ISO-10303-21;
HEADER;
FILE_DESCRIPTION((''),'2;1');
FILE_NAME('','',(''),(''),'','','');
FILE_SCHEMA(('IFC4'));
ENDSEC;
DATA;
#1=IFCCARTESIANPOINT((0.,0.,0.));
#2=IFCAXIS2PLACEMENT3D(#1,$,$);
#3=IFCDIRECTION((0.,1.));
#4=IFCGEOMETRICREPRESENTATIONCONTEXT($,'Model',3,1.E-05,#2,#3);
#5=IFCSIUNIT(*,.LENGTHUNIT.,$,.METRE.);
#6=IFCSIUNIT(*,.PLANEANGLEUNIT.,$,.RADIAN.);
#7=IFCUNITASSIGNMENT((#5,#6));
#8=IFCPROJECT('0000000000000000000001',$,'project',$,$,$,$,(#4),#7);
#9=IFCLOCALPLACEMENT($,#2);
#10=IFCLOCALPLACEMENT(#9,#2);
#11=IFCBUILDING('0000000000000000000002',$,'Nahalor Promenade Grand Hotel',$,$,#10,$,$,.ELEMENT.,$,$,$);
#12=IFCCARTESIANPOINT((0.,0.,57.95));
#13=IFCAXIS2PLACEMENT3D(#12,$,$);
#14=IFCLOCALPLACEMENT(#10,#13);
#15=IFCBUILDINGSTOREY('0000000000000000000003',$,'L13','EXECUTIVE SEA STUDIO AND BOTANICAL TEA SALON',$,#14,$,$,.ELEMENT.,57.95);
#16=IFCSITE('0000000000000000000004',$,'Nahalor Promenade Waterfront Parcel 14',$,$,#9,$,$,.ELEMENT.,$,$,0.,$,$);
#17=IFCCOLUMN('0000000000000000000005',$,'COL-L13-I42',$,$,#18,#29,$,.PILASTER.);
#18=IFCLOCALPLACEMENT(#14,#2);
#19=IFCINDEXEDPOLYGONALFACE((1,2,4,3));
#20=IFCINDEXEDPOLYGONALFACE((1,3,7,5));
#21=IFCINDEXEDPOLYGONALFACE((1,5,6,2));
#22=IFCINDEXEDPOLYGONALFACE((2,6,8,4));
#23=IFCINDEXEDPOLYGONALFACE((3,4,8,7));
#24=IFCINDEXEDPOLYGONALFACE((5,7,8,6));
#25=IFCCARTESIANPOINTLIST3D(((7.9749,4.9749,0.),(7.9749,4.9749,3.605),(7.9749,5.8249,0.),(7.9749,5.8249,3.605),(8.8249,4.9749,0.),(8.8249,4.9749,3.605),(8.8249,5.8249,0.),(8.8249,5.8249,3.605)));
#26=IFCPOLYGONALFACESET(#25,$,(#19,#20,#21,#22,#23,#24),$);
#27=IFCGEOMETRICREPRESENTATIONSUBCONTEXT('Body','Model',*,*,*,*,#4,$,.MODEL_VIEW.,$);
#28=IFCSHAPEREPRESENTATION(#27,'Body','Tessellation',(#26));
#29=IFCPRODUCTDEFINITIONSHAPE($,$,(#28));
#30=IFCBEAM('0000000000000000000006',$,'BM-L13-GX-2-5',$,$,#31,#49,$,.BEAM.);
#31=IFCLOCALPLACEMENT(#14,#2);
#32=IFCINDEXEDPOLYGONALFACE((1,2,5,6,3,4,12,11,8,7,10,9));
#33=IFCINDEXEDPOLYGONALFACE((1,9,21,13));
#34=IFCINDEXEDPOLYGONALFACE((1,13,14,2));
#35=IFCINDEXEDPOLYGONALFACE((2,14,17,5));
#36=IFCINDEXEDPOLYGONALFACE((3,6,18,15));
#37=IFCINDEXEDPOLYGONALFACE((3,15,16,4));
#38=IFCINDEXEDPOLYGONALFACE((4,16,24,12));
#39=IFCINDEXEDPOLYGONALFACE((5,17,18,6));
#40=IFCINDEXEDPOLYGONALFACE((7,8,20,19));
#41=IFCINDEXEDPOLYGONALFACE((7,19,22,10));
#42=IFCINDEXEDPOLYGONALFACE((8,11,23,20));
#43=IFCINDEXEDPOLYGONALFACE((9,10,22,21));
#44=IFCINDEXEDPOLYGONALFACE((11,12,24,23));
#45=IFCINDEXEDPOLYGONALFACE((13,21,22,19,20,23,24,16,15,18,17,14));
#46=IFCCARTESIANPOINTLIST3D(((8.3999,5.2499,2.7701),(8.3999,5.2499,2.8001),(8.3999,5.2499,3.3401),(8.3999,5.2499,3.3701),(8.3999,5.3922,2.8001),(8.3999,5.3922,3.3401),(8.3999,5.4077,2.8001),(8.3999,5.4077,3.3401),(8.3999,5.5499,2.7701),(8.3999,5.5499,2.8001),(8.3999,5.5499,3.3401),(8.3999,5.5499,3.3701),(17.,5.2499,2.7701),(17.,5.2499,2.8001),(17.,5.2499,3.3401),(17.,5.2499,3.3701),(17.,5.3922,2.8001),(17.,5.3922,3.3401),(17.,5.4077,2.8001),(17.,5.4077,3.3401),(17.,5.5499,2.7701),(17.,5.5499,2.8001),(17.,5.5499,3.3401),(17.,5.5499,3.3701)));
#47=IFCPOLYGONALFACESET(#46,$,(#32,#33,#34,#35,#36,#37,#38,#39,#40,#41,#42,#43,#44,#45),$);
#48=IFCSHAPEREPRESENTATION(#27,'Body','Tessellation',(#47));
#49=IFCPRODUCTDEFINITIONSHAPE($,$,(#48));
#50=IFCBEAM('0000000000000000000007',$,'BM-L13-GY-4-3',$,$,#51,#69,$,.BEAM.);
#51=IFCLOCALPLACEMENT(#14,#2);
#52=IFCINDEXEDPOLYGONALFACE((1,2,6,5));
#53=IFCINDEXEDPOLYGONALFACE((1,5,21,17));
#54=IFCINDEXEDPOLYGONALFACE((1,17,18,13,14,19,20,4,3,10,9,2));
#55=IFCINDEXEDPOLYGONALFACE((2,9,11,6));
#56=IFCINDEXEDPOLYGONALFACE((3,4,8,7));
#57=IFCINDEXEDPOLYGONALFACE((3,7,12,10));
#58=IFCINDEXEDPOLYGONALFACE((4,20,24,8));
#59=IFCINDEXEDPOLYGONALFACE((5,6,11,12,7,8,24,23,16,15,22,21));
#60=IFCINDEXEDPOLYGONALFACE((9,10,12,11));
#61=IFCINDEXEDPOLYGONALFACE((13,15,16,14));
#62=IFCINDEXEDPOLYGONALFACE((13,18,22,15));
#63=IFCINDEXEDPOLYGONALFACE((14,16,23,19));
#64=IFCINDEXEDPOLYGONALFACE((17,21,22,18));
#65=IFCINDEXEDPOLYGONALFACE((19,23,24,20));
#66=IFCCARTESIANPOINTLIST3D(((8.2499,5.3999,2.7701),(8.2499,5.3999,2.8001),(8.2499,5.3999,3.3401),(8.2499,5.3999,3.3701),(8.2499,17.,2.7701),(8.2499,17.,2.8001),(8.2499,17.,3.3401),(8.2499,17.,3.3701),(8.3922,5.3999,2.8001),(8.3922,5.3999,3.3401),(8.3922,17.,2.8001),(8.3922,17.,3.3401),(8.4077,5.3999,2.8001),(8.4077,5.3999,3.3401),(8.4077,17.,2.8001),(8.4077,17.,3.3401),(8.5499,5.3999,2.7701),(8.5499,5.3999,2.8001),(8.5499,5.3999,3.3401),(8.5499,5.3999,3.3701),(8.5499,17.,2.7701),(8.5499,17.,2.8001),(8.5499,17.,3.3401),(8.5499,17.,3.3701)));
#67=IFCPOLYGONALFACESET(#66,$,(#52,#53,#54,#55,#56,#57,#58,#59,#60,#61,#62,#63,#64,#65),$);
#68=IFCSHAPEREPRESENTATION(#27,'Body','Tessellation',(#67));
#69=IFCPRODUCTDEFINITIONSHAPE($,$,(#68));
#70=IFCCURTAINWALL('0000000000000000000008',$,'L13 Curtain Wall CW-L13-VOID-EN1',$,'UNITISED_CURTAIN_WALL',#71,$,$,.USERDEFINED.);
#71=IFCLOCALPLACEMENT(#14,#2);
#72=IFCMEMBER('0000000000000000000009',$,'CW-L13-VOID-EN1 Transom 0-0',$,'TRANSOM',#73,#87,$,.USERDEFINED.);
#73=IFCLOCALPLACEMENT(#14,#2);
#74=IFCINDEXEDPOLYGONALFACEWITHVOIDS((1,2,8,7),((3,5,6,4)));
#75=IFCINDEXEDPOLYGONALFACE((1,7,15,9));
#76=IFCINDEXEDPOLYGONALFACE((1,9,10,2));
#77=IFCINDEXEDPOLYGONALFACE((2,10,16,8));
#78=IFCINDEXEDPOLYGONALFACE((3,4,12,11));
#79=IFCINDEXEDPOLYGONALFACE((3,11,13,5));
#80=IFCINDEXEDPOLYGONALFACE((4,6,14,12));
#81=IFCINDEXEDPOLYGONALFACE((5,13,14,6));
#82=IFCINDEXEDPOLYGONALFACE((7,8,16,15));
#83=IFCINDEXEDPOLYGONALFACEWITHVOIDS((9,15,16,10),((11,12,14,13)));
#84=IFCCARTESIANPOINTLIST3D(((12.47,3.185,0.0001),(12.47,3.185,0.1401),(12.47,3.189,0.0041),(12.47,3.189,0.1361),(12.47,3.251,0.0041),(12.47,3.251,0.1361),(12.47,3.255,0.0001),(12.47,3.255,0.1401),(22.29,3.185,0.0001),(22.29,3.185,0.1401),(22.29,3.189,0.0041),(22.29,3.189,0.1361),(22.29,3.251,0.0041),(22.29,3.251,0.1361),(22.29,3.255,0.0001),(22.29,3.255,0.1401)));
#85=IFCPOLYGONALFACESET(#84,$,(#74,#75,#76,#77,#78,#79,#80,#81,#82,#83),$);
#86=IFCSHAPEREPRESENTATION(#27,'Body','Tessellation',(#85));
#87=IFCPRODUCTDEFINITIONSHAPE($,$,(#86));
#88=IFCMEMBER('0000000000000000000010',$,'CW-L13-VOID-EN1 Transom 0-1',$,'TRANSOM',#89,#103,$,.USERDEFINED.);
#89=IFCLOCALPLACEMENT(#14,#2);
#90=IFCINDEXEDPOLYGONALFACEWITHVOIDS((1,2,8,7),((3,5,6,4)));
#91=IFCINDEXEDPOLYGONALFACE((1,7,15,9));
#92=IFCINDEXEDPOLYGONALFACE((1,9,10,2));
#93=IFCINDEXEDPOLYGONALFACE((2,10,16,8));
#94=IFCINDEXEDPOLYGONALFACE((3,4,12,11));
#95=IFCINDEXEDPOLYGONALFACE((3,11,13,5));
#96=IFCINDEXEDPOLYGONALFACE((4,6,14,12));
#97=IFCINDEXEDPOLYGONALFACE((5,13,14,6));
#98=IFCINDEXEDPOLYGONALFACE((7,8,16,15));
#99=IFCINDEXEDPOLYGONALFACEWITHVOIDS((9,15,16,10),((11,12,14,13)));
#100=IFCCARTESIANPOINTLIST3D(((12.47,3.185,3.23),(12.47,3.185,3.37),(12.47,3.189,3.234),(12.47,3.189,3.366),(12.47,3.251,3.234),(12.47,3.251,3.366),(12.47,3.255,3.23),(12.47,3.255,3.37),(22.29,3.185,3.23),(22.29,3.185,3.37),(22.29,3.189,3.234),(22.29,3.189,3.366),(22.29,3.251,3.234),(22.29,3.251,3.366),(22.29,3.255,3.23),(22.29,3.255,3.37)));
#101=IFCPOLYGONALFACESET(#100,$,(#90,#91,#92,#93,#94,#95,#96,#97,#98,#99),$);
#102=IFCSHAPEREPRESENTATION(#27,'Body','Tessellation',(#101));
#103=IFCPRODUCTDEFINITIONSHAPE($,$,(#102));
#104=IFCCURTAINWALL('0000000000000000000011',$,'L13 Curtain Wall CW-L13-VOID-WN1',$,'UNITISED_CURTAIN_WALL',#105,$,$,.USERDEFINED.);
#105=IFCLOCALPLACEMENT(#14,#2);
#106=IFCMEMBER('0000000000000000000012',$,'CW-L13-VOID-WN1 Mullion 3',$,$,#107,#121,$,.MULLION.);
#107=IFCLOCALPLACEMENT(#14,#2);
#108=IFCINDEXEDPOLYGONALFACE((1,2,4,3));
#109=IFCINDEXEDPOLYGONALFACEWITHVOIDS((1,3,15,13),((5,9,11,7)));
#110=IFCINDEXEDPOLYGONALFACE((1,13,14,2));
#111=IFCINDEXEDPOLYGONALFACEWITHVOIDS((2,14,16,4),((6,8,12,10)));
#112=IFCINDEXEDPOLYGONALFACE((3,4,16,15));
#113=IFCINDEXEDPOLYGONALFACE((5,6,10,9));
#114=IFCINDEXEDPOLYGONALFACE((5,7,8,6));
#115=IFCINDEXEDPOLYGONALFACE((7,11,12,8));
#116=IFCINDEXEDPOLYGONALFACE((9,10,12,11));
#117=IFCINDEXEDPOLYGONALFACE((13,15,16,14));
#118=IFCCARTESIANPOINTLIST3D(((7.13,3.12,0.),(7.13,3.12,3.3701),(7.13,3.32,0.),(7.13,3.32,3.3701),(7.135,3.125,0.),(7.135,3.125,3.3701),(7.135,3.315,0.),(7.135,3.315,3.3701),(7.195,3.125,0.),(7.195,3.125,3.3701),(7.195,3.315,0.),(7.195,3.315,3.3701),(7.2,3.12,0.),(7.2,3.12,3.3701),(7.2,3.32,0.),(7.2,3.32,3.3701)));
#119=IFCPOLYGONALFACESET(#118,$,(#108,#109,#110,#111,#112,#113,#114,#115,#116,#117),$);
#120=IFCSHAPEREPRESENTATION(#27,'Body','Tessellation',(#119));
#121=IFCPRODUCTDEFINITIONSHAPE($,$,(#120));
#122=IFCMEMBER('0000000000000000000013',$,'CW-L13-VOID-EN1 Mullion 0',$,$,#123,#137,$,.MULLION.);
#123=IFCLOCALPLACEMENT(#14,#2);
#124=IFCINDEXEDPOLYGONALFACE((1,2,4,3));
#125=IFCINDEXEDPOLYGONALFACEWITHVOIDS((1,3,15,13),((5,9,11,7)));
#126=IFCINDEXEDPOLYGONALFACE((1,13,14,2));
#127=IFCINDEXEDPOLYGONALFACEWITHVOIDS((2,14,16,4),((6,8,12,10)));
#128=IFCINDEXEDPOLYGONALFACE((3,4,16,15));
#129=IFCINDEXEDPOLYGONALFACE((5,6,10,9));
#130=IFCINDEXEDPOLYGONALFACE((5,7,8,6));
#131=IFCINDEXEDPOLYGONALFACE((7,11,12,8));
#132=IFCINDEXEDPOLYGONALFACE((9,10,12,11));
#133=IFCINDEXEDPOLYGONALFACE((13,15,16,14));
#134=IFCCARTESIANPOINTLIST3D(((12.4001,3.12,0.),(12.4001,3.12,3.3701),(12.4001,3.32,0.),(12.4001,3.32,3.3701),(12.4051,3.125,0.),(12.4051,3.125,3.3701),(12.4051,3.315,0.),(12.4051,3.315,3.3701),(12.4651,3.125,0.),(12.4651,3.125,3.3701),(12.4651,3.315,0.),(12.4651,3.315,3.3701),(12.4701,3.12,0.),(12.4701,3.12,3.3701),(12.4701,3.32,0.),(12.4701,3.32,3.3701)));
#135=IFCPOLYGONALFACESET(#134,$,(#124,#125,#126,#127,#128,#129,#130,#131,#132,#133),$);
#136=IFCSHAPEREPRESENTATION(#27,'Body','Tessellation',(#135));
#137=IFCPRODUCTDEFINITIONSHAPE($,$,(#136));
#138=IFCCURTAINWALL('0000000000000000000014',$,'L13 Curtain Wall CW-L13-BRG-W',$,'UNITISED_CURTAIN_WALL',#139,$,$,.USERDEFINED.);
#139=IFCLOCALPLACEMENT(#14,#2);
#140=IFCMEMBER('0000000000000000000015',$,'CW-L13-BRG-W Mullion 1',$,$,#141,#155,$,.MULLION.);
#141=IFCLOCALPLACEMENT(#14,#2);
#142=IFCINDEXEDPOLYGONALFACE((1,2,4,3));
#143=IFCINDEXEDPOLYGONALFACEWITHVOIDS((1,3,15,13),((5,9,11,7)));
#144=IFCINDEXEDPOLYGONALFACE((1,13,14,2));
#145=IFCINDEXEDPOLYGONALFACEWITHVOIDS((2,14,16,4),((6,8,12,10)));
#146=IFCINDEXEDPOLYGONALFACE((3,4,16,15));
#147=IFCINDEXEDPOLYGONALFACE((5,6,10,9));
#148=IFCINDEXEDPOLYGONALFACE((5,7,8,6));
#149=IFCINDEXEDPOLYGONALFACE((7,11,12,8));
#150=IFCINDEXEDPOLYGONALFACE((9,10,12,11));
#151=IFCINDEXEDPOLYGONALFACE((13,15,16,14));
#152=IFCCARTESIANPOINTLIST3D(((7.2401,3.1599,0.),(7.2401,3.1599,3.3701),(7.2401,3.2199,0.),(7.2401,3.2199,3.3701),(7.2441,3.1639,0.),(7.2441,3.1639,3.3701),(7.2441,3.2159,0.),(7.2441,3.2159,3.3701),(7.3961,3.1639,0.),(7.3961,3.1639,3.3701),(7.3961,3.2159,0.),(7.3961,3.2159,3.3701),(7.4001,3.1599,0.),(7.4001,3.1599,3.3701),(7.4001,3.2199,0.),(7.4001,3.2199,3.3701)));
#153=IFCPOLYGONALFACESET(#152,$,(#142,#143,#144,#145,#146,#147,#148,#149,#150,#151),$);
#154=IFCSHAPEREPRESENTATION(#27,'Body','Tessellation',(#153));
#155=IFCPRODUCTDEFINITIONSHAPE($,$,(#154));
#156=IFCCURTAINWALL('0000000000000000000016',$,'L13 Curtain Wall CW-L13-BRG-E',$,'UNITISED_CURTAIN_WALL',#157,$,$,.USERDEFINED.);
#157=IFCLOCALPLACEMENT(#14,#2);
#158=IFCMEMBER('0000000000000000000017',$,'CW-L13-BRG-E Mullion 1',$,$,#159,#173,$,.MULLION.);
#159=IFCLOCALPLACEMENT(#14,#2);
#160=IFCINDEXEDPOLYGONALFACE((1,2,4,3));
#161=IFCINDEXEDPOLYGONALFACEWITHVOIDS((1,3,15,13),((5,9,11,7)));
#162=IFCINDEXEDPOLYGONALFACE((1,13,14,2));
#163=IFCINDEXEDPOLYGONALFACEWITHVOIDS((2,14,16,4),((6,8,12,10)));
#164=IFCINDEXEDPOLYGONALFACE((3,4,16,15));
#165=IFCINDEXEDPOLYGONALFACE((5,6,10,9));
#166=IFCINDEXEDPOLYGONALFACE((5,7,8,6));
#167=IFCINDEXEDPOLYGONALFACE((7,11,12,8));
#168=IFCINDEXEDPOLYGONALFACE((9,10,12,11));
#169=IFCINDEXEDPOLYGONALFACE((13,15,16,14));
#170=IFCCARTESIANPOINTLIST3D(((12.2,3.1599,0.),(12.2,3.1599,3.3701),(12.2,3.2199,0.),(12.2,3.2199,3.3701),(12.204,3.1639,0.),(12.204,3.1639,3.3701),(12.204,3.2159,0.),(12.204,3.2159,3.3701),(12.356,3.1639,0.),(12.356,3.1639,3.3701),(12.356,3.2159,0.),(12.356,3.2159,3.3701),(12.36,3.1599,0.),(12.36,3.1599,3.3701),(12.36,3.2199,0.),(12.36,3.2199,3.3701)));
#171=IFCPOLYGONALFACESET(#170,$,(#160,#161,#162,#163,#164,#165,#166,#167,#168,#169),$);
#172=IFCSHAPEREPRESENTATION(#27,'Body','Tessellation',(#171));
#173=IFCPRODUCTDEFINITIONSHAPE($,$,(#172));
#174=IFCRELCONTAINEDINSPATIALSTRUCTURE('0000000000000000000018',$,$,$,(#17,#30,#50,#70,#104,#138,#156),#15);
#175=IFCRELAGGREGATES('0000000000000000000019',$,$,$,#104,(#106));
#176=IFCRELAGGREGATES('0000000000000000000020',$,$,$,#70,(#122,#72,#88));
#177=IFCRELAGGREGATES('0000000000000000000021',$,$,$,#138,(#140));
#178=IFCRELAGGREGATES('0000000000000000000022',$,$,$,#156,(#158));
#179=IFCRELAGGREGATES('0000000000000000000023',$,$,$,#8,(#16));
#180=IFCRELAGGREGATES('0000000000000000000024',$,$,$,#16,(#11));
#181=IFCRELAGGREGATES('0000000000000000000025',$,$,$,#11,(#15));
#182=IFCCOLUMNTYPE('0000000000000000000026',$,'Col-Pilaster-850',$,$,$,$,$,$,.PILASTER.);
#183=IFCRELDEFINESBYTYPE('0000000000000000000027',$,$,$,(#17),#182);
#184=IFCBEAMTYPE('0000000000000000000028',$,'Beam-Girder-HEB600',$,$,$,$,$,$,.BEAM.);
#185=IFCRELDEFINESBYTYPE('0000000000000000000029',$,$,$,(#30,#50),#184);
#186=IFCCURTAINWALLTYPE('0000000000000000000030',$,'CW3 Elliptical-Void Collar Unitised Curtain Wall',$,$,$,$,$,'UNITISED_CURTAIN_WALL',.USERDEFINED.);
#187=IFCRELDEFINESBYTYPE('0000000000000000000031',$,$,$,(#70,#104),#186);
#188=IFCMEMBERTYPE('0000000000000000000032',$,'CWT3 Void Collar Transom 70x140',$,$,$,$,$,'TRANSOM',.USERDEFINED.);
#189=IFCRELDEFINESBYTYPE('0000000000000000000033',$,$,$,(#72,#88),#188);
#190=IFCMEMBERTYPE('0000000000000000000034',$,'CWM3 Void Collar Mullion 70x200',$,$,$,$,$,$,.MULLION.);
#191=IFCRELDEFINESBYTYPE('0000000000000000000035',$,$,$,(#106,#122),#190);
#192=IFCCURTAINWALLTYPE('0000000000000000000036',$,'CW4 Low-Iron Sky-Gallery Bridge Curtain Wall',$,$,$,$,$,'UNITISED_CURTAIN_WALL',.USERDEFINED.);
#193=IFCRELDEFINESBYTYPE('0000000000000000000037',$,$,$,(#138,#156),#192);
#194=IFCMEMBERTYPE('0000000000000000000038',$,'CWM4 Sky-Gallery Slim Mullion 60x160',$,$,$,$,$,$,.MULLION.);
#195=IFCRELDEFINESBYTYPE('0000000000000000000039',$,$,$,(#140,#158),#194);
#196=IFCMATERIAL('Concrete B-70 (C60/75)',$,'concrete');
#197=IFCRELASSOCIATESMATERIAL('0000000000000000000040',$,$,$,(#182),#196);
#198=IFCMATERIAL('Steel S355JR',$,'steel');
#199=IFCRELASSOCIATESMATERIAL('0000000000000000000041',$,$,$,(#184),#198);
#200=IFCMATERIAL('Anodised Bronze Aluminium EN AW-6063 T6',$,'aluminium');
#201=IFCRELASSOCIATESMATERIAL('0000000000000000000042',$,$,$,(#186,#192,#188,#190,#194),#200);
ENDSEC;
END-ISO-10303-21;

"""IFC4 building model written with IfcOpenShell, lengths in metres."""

from ifc_helpers import new_model, si_unit, direction, frame, origin, origin_2d, place, context, subcontext, project, spatial, rectangle, hollow_rectangle, i_section, extrude, source, transform, mapped, material, material_profile, profile_set, type_object, element, aggregate, save


model = new_model("IFC4")

# Units and contexts
model_context = context("Model", 3, precision=1e-05, world=origin(), true_north=direction((0.0, 1.0)))
body_context = subcontext(model_context, "Body", "Model", "MODEL_VIEW")
ifc_project = project(units=[si_unit("LENGTHUNIT", "METRE"), si_unit("PLANEANGLEUNIT", "RADIAN")], contexts=[model_context])

# Site, building, storey
site_placement = place(None, origin())
site = spatial("IfcSite", under=ifc_project, at=site_placement, Name="Nahalor Promenade Waterfront Parcel 14", CompositionType="ELEMENT", RefElevation=0.0)
building_placement = place(site_placement, origin())
building = spatial("IfcBuilding", under=site, at=building_placement, Name="Nahalor Promenade Grand Hotel", CompositionType="ELEMENT")
storey_placement = place(building_placement, frame((0.0, 0.0, 57.95)))
storey = spatial("IfcBuildingStorey", under=building, at=storey_placement, Name="L13", Description="EXECUTIVE SEA STUDIO AND BOTANICAL TEA SALON", CompositionType="ELEMENT", Elevation=57.95)

# Column
ifc_material_1 = material(Name="Concrete B-70 (C60/75)", Category="concrete")
ifc_material_profile_1 = material_profile(ifc_material_1, rectangle(XDim=0.85, YDim=0.85, at=origin_2d()), Name="RC 850x850")
ifc_profile_set_1 = profile_set([ifc_material_profile_1], Name="Concrete B-70 (C60/75)")
column_type = type_object("IfcColumnType", Name="Col-Pilaster-850", PredefinedType="PILASTER", material=ifc_profile_set_1)
shared_shape_1 = source(origin(), body_context, "Body", "SweptSolid", [
    extrude(rectangle(XDim=0.85, YDim=0.85, at=origin_2d()), origin(), (0.0, 0.0, 1.0), 3.605),
])
column_placement = place(storey_placement, frame((8.3999, 5.3999, 0.0), z_axis=(0.0, 0.0, 1.0), x_axis=(1.0, 0.0, 0.0)))
element("IfcColumn", 1, at=column_placement, inside=storey, type_object=column_type, Name="COL-L13-I42", PredefinedType="PILASTER", context=body_context, shape_type="MappedRepresentation", body=[
    mapped(shared_shape_1, transform((0.0, 0.0, 0.0), scale=1.0)),
])

# Beams
ifc_material_2 = material(Name="Steel S355JR", Category="steel")
ifc_material_profile_2 = material_profile(ifc_material_2, i_section(OverallWidth=0.3, OverallDepth=0.6, WebThickness=0.0155, FlangeThickness=0.03, at=origin_2d()), Name="HEB 600")
ifc_profile_set_2 = profile_set([ifc_material_profile_2], Name="Steel S355JR")
beam_type = type_object("IfcBeamType", Name="Beam-Girder-HEB600", PredefinedType="BEAM", material=ifc_profile_set_2)
shared_shape_2 = source(origin(), body_context, "Body", "SweptSolid", [
    extrude(i_section(OverallWidth=0.3, OverallDepth=0.6, WebThickness=0.0155, FlangeThickness=0.03, at=origin_2d()), origin(), (0.0, 0.0, 1.0), 8.6001),
])
beam_1_placement = place(storey_placement, frame((8.3999, 5.3999, 3.0701), z_axis=(1.0, 0.0, 0.0), x_axis=(0.0, 1.0, 0.0)))
element("IfcBeam", 2, at=beam_1_placement, inside=storey, type_object=beam_type, Name="BM-L13-GX-2-5", PredefinedType="BEAM", context=body_context, shape_type="MappedRepresentation", body=[
    mapped(shared_shape_2, transform((0.0, 0.0, 0.0), scale=1.0)),
])
shared_shape_3 = source(origin(), body_context, "Body", "SweptSolid", [
    extrude(i_section(OverallWidth=0.3, OverallDepth=0.6, WebThickness=0.0155, FlangeThickness=0.03, at=origin_2d()), origin(), (0.0, 0.0, 1.0), 11.6001),
])
beam_2_placement = place(storey_placement, frame((8.3999, 5.3999, 3.0701), z_axis=(0.0, 1.0, 0.0), x_axis=(-1.0, 0.0, 0.0)))
element("IfcBeam", 3, at=beam_2_placement, inside=storey, type_object=beam_type, Name="BM-L13-GY-4-3", PredefinedType="BEAM", context=body_context, shape_type="MappedRepresentation", body=[
    mapped(shared_shape_3, transform((0.0, 0.0, 0.0), scale=1.0)),
])

# Curtain wall, members
ifc_material_3 = material(Name="Anodised Bronze Aluminium EN AW-6063 T6", Category="aluminium")
curtain_wall_type_1 = type_object("IfcCurtainWallType", Name="CW3 Elliptical-Void Collar Unitised Curtain Wall", ElementType="UNITISED_CURTAIN_WALL", PredefinedType="USERDEFINED", material=ifc_material_3)
curtain_wall_1_placement = place(storey_placement, origin())
curtain_wall_1 = element("IfcCurtainWall", 4, at=curtain_wall_1_placement, inside=storey, type_object=curtain_wall_type_1, Name="L13 Curtain Wall CW-L13-VOID-EN1", ObjectType="UNITISED_CURTAIN_WALL", PredefinedType="USERDEFINED")
ifc_material_profile_3 = material_profile(ifc_material_3, hollow_rectangle(XDim=0.07, YDim=0.14, WallThickness=0.004, at=origin_2d()), Name="CWT 70x140x4")
ifc_profile_set_3 = profile_set([ifc_material_profile_3], Name="Anodised Bronze Aluminium EN AW-6063 T6")
member_type_1 = type_object("IfcMemberType", Name="CWT3 Void Collar Transom 70x140", ElementType="TRANSOM", PredefinedType="USERDEFINED", material=ifc_profile_set_3)
shared_shape_4 = source(origin(), body_context, "Body", "SweptSolid", [
    extrude(hollow_rectangle(XDim=0.07, YDim=0.14, WallThickness=0.004, at=origin_2d()), origin(), (0.0, 0.0, 1.0), 9.8201),
])
member_1_placement = place(storey_placement, frame((12.47, 3.22, 0.0701), z_axis=(1.0, 0.0, 0.0), x_axis=(0.0, 1.0, 0.0)))
member_1 = element("IfcMember", 5, at=member_1_placement, type_object=member_type_1, Name="CW-L13-VOID-EN1 Transom 0-0", ObjectType="TRANSOM", PredefinedType="USERDEFINED", context=body_context, shape_type="MappedRepresentation", body=[
    mapped(shared_shape_4, transform((0.0, 0.0, 0.0), scale=1.0)),
])
member_2_placement = place(storey_placement, frame((12.47, 3.22, 3.3), z_axis=(1.0, 0.0, 0.0), x_axis=(0.0, 1.0, 0.0)))
member_2 = element("IfcMember", 6, at=member_2_placement, type_object=member_type_1, Name="CW-L13-VOID-EN1 Transom 0-1", ObjectType="TRANSOM", PredefinedType="USERDEFINED", context=body_context, shape_type="MappedRepresentation", body=[
    mapped(shared_shape_4, transform((0.0, 0.0, 0.0), scale=1.0)),
])

# Curtain wall, member
curtain_wall_2_placement = place(storey_placement, origin())
curtain_wall_2 = element("IfcCurtainWall", 7, at=curtain_wall_2_placement, inside=storey, type_object=curtain_wall_type_1, Name="L13 Curtain Wall CW-L13-VOID-WN1", ObjectType="UNITISED_CURTAIN_WALL", PredefinedType="USERDEFINED")
ifc_material_profile_4 = material_profile(ifc_material_3, hollow_rectangle(XDim=0.07, YDim=0.2, WallThickness=0.005, at=origin_2d()), Name="CWM 70x200x5")
ifc_profile_set_4 = profile_set([ifc_material_profile_4], Name="Anodised Bronze Aluminium EN AW-6063 T6")
member_type_2 = type_object("IfcMemberType", Name="CWM3 Void Collar Mullion 70x200", PredefinedType="MULLION", material=ifc_profile_set_4)
shared_shape_5 = source(origin(), body_context, "Body", "SweptSolid", [
    extrude(hollow_rectangle(XDim=0.07, YDim=0.2, WallThickness=0.005, at=origin_2d()), origin(), (0.0, 0.0, 1.0), 3.3701),
])
member_3_placement = place(storey_placement, frame((7.165, 3.22, 0.0), z_axis=(0.0, 0.0, 1.0), x_axis=(1.0, 0.0, 0.0)))
member_3 = element("IfcMember", 8, at=member_3_placement, type_object=member_type_2, Name="CW-L13-VOID-WN1 Mullion 3", PredefinedType="MULLION", context=body_context, shape_type="MappedRepresentation", body=[
    mapped(shared_shape_5, transform((0.0, 0.0, 0.0), scale=1.0)),
])
aggregate(curtain_wall_2, [member_3])

# Member
member_4_placement = place(storey_placement, frame((12.4351, 3.22, 0.0), z_axis=(0.0, 0.0, 1.0), x_axis=(1.0, 0.0, 0.0)))
member_4 = element("IfcMember", 9, at=member_4_placement, type_object=member_type_2, Name="CW-L13-VOID-EN1 Mullion 0", PredefinedType="MULLION", context=body_context, shape_type="MappedRepresentation", body=[
    mapped(shared_shape_5, transform((0.0, 0.0, 0.0), scale=1.0)),
])
aggregate(curtain_wall_1, [member_4, member_1, member_2])

# Curtain walls, members
curtain_wall_type_2 = type_object("IfcCurtainWallType", Name="CW4 Low-Iron Sky-Gallery Bridge Curtain Wall", ElementType="UNITISED_CURTAIN_WALL", PredefinedType="USERDEFINED", material=ifc_material_3)
curtain_wall_3_placement = place(storey_placement, origin())
curtain_wall_3 = element("IfcCurtainWall", 10, at=curtain_wall_3_placement, inside=storey, type_object=curtain_wall_type_2, Name="L13 Curtain Wall CW-L13-BRG-W", ObjectType="UNITISED_CURTAIN_WALL", PredefinedType="USERDEFINED")
ifc_material_profile_5 = material_profile(ifc_material_3, hollow_rectangle(XDim=0.06, YDim=0.16, WallThickness=0.004, at=origin_2d()), Name="CWM 60x160x4")
ifc_profile_set_5 = profile_set([ifc_material_profile_5], Name="Anodised Bronze Aluminium EN AW-6063 T6")
member_type_3 = type_object("IfcMemberType", Name="CWM4 Sky-Gallery Slim Mullion 60x160", PredefinedType="MULLION", material=ifc_profile_set_5)
shared_shape_6 = source(origin(), body_context, "Body", "SweptSolid", [
    extrude(hollow_rectangle(XDim=0.06, YDim=0.16, WallThickness=0.004, at=origin_2d()), origin(), (0.0, 0.0, 1.0), 3.3701),
])
member_5_placement = place(storey_placement, frame((7.3201, 3.1899, 0.0), z_axis=(0.0, 0.0, 1.0), x_axis=(0.0, 1.0, 0.0)))
member_5 = element("IfcMember", 11, at=member_5_placement, type_object=member_type_3, Name="CW-L13-BRG-W Mullion 1", PredefinedType="MULLION", context=body_context, shape_type="MappedRepresentation", body=[
    mapped(shared_shape_6, transform((0.0, 0.0, 0.0), scale=1.0)),
])
curtain_wall_4_placement = place(storey_placement, origin())
curtain_wall_4 = element("IfcCurtainWall", 12, at=curtain_wall_4_placement, inside=storey, type_object=curtain_wall_type_2, Name="L13 Curtain Wall CW-L13-BRG-E", ObjectType="UNITISED_CURTAIN_WALL", PredefinedType="USERDEFINED")
member_6_placement = place(storey_placement, frame((12.28, 3.1899, 0.0), z_axis=(0.0, 0.0, 1.0), x_axis=(0.0, 1.0, 0.0)))
member_6 = element("IfcMember", 13, at=member_6_placement, type_object=member_type_3, Name="CW-L13-BRG-E Mullion 1", PredefinedType="MULLION", context=body_context, shape_type="MappedRepresentation", body=[
    mapped(shared_shape_6, transform((0.0, 0.0, 0.0), scale=1.0)),
])

aggregate(curtain_wall_3, [member_5])
aggregate(curtain_wall_4, [member_6])

save(model, "model.ifc")
